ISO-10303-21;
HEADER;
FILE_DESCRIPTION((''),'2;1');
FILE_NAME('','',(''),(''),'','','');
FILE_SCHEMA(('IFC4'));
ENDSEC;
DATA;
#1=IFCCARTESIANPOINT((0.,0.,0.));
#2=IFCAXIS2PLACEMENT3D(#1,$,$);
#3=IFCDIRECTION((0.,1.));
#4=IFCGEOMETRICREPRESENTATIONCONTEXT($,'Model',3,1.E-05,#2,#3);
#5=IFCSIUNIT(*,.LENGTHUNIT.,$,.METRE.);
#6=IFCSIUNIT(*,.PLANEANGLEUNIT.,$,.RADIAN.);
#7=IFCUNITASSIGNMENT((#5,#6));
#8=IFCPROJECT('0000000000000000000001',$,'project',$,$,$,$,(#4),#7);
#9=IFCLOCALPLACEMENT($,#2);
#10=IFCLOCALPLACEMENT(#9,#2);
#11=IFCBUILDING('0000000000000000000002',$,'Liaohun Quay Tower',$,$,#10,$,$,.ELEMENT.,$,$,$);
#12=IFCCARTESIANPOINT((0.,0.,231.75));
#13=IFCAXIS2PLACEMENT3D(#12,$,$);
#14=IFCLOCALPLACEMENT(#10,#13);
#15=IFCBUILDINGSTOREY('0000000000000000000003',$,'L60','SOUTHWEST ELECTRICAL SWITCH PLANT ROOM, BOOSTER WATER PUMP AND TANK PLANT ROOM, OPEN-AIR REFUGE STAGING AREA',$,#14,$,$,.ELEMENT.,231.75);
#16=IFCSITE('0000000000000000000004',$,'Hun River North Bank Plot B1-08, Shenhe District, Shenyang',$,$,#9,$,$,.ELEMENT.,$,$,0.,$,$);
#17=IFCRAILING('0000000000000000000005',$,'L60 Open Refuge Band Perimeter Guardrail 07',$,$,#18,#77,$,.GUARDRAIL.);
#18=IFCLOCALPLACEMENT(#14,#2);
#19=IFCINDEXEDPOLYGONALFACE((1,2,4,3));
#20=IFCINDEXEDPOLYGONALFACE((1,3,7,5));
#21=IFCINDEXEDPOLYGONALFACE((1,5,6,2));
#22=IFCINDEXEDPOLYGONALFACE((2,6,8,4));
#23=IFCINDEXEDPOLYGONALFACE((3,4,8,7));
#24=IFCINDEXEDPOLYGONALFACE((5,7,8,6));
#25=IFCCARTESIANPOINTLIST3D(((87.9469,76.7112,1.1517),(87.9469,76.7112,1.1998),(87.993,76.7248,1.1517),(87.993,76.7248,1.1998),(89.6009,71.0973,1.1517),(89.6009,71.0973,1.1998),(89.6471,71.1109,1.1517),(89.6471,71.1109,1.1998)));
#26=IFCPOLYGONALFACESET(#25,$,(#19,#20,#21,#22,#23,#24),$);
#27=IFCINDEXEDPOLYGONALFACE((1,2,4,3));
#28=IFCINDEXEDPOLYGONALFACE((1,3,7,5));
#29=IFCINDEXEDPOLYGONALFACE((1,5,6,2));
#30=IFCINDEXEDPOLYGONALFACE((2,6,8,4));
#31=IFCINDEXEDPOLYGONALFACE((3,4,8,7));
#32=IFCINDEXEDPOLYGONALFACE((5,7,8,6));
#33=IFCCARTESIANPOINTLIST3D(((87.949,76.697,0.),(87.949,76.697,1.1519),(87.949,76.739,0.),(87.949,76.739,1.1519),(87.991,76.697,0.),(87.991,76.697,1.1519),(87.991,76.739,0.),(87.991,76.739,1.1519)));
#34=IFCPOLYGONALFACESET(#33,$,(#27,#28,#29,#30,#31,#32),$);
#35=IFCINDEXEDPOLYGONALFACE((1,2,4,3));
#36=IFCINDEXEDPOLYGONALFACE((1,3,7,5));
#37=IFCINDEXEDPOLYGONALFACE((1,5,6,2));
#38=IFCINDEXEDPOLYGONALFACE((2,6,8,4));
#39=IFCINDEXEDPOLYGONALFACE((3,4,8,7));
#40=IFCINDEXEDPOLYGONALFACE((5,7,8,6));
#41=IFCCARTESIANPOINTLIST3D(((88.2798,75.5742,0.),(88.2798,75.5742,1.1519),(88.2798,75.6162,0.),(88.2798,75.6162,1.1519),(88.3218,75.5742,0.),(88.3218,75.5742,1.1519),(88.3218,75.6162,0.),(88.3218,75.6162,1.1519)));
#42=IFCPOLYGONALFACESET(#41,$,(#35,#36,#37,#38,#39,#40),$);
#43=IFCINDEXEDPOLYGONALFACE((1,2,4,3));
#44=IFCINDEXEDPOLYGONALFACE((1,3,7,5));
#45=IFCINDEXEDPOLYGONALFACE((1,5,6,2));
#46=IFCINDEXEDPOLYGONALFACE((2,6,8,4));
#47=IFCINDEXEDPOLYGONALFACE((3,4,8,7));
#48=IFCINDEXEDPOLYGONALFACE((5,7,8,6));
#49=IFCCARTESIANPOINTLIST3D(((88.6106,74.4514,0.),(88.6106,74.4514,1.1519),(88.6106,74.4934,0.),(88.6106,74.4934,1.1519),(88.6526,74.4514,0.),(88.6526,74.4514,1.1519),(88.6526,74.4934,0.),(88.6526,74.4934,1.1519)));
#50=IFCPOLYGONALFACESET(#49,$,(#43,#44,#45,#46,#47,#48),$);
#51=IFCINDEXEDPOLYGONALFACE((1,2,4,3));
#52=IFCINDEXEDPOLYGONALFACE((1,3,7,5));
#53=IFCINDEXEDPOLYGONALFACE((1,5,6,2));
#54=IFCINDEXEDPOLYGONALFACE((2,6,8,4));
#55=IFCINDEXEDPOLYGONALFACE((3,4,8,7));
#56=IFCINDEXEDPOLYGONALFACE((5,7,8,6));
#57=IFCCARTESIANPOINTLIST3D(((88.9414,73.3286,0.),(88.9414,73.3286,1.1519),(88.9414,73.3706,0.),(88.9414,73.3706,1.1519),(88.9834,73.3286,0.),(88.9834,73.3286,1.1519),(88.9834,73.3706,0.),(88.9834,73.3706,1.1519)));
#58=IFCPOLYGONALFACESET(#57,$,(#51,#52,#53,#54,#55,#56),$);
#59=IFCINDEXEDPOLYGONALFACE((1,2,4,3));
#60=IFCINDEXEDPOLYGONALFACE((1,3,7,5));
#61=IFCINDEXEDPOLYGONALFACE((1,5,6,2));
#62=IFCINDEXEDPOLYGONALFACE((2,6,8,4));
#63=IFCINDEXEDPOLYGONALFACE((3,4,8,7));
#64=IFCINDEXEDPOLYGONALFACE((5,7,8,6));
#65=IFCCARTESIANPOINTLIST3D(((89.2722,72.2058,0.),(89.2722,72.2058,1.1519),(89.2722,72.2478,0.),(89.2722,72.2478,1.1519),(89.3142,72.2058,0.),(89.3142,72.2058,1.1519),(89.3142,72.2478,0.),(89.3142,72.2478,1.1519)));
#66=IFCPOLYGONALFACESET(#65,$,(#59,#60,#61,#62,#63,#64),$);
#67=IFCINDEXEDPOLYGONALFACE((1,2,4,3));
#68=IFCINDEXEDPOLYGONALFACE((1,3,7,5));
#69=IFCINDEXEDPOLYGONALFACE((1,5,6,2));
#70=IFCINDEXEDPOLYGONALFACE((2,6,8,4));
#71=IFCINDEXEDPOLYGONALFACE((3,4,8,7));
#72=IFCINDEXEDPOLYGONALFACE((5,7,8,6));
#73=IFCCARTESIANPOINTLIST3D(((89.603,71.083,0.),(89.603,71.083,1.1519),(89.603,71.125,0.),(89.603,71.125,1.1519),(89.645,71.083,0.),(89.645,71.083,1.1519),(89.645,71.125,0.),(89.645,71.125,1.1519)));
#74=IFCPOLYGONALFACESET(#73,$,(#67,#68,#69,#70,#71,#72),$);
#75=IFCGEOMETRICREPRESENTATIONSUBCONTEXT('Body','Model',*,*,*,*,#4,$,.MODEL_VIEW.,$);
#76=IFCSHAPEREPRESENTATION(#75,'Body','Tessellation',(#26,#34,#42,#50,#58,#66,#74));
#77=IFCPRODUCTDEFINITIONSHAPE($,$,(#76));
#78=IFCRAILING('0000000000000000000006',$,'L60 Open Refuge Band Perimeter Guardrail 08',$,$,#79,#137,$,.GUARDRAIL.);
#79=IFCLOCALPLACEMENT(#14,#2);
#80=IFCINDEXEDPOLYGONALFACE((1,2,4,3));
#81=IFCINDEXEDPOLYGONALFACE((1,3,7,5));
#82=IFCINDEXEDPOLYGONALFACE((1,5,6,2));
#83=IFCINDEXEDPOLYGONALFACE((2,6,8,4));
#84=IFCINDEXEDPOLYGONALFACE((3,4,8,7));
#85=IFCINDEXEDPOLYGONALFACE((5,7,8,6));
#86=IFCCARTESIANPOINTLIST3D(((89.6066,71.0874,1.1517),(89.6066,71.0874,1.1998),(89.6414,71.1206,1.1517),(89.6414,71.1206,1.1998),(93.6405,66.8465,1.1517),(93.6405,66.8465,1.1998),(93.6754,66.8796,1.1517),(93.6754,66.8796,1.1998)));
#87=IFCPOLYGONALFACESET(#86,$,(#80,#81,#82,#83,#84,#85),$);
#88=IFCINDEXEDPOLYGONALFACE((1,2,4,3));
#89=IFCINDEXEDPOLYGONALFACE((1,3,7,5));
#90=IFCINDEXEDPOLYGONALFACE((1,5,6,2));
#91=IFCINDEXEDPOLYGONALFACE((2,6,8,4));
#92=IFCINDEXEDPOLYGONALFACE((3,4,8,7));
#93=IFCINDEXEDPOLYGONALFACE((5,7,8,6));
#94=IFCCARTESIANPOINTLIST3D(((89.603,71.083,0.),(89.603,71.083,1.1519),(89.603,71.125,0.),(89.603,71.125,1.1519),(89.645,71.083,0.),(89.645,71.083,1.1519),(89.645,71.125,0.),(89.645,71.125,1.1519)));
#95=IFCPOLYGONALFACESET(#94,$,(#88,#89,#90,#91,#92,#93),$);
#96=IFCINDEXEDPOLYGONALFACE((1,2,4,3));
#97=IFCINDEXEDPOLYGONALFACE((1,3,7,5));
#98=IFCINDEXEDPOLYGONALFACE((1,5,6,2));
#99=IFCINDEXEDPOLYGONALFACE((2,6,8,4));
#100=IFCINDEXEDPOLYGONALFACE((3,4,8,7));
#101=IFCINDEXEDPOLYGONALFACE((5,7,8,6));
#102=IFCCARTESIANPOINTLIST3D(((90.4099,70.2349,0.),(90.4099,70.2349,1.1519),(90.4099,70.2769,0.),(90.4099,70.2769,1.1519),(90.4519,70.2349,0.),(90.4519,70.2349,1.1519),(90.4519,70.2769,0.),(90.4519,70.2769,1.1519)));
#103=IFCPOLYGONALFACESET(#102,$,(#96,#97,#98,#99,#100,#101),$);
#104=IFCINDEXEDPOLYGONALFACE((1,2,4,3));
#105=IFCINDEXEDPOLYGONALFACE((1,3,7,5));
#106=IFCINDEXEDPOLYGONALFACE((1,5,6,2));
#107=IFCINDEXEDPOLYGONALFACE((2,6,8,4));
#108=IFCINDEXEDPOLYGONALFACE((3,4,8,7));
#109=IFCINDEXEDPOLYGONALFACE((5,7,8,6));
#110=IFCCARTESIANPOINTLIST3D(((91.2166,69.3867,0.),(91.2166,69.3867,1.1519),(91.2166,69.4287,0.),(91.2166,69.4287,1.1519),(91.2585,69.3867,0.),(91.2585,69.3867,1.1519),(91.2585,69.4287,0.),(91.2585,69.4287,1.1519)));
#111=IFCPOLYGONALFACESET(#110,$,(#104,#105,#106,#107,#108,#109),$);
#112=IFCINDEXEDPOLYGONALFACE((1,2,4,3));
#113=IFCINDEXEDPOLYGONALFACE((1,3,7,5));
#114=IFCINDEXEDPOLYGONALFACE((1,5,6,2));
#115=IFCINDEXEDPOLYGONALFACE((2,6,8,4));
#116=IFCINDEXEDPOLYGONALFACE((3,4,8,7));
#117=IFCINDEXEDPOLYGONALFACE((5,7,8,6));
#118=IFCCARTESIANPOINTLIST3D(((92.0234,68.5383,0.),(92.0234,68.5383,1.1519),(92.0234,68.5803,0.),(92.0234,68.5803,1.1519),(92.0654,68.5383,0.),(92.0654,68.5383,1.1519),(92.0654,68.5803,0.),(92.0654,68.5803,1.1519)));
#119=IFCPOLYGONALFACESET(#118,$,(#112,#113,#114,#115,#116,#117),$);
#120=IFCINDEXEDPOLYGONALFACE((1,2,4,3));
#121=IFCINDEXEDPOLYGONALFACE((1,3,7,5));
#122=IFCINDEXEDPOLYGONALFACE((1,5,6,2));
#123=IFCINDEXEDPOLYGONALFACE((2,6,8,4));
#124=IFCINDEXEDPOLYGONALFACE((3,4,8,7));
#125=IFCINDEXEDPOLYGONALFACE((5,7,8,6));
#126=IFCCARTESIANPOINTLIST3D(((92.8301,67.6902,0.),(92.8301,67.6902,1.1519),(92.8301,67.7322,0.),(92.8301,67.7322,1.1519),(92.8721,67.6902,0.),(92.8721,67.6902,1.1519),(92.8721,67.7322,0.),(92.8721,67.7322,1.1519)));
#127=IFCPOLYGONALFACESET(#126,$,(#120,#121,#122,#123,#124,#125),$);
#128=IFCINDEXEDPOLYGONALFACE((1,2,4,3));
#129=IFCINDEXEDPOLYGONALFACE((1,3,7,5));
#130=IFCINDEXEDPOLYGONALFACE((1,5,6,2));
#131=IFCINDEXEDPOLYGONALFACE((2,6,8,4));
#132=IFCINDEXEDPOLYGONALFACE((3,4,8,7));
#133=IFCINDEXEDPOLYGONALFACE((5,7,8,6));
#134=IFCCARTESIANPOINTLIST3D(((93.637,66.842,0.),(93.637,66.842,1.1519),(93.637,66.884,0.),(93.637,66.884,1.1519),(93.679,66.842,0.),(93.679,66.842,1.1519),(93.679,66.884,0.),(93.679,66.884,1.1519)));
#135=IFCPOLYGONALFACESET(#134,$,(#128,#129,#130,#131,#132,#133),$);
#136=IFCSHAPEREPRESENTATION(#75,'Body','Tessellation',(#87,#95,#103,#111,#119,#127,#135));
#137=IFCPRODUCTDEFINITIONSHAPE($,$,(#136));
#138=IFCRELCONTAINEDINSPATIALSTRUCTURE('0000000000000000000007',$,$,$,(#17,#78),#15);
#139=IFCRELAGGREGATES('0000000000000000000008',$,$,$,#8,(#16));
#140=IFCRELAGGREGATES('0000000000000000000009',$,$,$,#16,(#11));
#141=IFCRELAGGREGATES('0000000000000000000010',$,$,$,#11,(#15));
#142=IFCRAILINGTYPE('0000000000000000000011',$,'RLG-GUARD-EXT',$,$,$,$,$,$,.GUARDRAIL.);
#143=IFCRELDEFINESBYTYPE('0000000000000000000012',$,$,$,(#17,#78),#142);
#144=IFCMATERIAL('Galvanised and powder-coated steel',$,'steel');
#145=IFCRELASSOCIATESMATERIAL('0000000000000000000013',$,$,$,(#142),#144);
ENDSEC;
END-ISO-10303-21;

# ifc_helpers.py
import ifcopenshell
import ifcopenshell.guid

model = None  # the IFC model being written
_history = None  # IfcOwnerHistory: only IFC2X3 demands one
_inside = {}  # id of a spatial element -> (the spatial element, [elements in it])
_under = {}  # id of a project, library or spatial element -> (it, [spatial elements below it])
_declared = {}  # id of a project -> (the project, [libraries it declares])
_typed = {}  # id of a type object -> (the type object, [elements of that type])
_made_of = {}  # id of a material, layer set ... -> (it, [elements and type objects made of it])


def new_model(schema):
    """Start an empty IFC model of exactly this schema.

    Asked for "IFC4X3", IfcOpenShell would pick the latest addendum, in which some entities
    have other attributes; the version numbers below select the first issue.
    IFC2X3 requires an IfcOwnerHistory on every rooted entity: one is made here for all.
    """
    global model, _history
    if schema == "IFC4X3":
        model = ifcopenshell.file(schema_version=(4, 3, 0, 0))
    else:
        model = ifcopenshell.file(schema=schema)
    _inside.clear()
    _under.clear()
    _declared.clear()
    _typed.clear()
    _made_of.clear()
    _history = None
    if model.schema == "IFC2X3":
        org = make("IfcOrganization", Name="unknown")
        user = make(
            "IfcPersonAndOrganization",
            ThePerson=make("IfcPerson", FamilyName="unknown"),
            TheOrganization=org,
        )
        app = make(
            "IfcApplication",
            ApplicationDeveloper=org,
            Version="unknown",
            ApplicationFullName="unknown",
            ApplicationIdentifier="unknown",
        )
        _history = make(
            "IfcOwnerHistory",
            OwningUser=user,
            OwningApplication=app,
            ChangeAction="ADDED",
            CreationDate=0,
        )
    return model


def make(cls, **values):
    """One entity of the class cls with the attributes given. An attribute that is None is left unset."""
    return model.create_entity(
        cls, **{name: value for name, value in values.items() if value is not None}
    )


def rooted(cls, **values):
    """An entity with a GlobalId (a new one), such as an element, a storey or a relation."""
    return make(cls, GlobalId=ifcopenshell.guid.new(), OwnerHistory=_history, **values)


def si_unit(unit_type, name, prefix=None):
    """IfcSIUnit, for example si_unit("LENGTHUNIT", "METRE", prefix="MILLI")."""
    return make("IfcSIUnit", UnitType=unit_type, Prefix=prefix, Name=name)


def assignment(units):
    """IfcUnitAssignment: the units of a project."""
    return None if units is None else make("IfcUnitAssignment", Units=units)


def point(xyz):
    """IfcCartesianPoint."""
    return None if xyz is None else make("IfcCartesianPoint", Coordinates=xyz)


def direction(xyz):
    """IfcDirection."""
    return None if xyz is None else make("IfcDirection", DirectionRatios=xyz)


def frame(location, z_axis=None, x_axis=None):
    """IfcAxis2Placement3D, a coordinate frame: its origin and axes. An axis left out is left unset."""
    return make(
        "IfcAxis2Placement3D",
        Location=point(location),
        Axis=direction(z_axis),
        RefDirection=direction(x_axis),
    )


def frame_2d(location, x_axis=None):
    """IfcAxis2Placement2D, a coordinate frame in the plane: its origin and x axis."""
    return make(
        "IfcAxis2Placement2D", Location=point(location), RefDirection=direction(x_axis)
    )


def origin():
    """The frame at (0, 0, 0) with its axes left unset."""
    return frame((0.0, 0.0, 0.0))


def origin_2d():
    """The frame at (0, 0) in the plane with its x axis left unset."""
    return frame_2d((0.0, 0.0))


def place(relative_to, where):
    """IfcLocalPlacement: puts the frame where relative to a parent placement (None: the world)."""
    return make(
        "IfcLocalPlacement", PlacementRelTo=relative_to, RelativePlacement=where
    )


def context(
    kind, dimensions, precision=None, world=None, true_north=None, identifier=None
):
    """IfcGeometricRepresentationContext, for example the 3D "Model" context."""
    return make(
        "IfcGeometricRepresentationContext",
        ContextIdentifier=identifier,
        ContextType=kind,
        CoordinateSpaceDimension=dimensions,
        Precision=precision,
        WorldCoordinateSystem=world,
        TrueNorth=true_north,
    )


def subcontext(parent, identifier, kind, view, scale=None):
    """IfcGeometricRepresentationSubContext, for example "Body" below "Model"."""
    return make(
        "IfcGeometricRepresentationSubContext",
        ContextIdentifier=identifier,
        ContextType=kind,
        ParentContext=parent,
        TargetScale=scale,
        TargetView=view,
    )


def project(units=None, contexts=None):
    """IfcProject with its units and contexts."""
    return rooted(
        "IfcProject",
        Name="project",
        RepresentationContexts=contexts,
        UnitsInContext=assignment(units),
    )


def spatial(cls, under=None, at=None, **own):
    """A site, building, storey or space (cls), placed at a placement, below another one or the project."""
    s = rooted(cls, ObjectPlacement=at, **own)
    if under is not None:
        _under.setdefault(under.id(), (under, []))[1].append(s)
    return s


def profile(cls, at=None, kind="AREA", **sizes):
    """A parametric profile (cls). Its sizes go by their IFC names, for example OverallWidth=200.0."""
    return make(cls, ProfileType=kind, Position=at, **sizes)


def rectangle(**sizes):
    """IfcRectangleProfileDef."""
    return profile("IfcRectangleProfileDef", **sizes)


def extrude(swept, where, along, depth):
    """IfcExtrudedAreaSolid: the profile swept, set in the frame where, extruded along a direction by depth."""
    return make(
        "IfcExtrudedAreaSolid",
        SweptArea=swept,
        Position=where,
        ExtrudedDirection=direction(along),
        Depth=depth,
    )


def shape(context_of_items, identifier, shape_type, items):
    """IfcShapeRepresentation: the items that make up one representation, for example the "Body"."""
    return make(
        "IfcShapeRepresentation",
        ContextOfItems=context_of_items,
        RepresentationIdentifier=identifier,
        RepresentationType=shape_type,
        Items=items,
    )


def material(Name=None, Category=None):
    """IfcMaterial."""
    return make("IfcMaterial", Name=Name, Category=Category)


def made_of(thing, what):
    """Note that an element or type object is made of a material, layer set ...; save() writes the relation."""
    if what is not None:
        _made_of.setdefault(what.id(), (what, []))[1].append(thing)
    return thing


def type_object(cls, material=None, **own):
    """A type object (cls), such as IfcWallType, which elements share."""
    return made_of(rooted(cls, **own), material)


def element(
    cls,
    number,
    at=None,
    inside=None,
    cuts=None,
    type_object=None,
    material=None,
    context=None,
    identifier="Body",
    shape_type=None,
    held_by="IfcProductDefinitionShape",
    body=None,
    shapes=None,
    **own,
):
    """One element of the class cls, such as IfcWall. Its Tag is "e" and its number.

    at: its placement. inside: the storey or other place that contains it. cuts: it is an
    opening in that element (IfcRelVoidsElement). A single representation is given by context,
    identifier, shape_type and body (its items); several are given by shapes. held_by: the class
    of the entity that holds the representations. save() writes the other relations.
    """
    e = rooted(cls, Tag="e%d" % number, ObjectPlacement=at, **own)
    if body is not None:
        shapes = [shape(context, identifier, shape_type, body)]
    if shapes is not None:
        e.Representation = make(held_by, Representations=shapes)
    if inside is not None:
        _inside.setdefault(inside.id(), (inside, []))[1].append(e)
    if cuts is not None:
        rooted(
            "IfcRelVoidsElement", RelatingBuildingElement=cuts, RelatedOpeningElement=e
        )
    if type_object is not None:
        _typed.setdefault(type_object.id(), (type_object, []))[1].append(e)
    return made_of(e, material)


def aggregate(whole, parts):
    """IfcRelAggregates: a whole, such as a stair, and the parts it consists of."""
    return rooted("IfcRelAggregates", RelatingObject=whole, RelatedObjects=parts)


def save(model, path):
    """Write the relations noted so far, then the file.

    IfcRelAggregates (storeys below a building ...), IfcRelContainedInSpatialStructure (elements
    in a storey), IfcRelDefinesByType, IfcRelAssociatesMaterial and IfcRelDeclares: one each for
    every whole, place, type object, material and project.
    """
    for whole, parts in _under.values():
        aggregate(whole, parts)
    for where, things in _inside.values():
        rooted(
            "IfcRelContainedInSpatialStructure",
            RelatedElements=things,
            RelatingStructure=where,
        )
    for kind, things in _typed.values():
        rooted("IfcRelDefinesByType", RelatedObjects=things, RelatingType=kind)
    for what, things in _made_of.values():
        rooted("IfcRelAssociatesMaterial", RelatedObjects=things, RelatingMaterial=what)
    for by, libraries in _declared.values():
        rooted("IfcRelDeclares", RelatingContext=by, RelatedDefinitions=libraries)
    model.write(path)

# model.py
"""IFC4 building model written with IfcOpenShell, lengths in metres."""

from ifc_helpers import new_model, si_unit, direction, frame, origin, origin_2d, place, context, subcontext, project, spatial, rectangle, extrude, material, type_object, element, save


model = new_model("IFC4")

# Units and contexts
model_context = context("Model", 3, precision=1e-05, world=origin(), true_north=direction((0.0, 1.0)))
body_context = subcontext(model_context, "Body", "Model", "MODEL_VIEW")
ifc_project = project(units=[si_unit("LENGTHUNIT", "METRE"), si_unit("PLANEANGLEUNIT", "RADIAN")], contexts=[model_context])

# Site, building, storey
site_placement = place(None, origin())
site = spatial("IfcSite", under=ifc_project, at=site_placement, Name="Hun River North Bank Plot B1-08, Shenhe District, Shenyang", CompositionType="ELEMENT", RefElevation=0.0)
building_placement = place(site_placement, origin())
building = spatial("IfcBuilding", under=site, at=building_placement, Name="Liaohun Quay Tower", CompositionType="ELEMENT")
storey_placement = place(building_placement, frame((0.0, 0.0, 231.75)))
storey = spatial("IfcBuildingStorey", under=building, at=storey_placement, Name="L60", Description="SOUTHWEST ELECTRICAL SWITCH PLANT ROOM, BOOSTER WATER PUMP AND TANK PLANT ROOM, OPEN-AIR REFUGE STAGING AREA", CompositionType="ELEMENT", Elevation=231.75)

# Railings
ifc_material_1 = material(Name="Galvanised and powder-coated steel", Category="steel")
railing_type = type_object("IfcRailingType", Name="RLG-GUARD-EXT", PredefinedType="GUARDRAIL", material=ifc_material_1)
railing_1_placement = place(storey_placement, frame((87.97, 76.718, 0.0)))
element("IfcRailing", 1, at=railing_1_placement, inside=storey, type_object=railing_type, Name="L60 Open Refuge Band Perimeter Guardrail 07", PredefinedType="GUARDRAIL", context=body_context, shape_type="SweptSolid", body=[
    extrude(rectangle(XDim=0.0481, YDim=0.0481, at=origin_2d()), frame((0.0, 0.0, 1.1758), z_axis=(0.282618, -0.959233, 0.0), x_axis=(0.959233, 0.282618, 0.0)), (0.0, 0.0, 1.0), 5.8525),
    extrude(rectangle(XDim=0.042, YDim=0.042, at=origin_2d()), origin(), (0.0, 0.0, 1.0), 1.1519),
    extrude(rectangle(XDim=0.042, YDim=0.042, at=origin_2d()), frame((0.3308, -1.1228, 0.0)), (0.0, 0.0, 1.0), 1.1519),
    extrude(rectangle(XDim=0.042, YDim=0.042, at=origin_2d()), frame((0.6616, -2.2456, 0.0)), (0.0, 0.0, 1.0), 1.1519),
    extrude(rectangle(XDim=0.042, YDim=0.042, at=origin_2d()), frame((0.9924, -3.3684, 0.0)), (0.0, 0.0, 1.0), 1.1519),
    extrude(rectangle(XDim=0.042, YDim=0.042, at=origin_2d()), frame((1.3232, -4.4912, 0.0)), (0.0, 0.0, 1.0), 1.1519),
    extrude(rectangle(XDim=0.042, YDim=0.042, at=origin_2d()), frame((1.6541, -5.614, 0.0)), (0.0, 0.0, 1.0), 1.1519),
])
railing_2_placement = place(storey_placement, frame((89.624, 71.104, 0.0)))
element("IfcRailing", 2, at=railing_2_placement, inside=storey, type_object=railing_type, Name="L60 Open Refuge Band Perimeter Guardrail 08", PredefinedType="GUARDRAIL", context=body_context, shape_type="SweptSolid", body=[
    extrude(rectangle(XDim=0.0481, YDim=0.0481, at=origin_2d()), frame((0.0, 0.0, 1.1758), z_axis=(0.6892, -0.724571, 0.0), x_axis=(0.724571, 0.6892, 0.0)), (0.0, 0.0, 1.0), 5.853),
    extrude(rectangle(XDim=0.042, YDim=0.042, at=origin_2d()), origin(), (0.0, 0.0, 1.0), 1.1519),
    extrude(rectangle(XDim=0.042, YDim=0.042, at=origin_2d()), frame((0.8069, -0.8481, 0.0)), (0.0, 0.0, 1.0), 1.1519),
    extrude(rectangle(XDim=0.042, YDim=0.042, at=origin_2d()), frame((1.6135, -1.6963, 0.0)), (0.0, 0.0, 1.0), 1.1519),
    extrude(rectangle(XDim=0.042, YDim=0.042, at=origin_2d()), frame((2.4204, -2.5447, 0.0)), (0.0, 0.0, 1.0), 1.1519),
    extrude(rectangle(XDim=0.042, YDim=0.042, at=origin_2d()), frame((3.2271, -3.3928, 0.0)), (0.0, 0.0, 1.0), 1.1519),
    extrude(rectangle(XDim=0.042, YDim=0.042, at=origin_2d()), frame((4.0339, -4.241, 0.0)), (0.0, 0.0, 1.0), 1.1519),
])

save(model, "model.ifc")
